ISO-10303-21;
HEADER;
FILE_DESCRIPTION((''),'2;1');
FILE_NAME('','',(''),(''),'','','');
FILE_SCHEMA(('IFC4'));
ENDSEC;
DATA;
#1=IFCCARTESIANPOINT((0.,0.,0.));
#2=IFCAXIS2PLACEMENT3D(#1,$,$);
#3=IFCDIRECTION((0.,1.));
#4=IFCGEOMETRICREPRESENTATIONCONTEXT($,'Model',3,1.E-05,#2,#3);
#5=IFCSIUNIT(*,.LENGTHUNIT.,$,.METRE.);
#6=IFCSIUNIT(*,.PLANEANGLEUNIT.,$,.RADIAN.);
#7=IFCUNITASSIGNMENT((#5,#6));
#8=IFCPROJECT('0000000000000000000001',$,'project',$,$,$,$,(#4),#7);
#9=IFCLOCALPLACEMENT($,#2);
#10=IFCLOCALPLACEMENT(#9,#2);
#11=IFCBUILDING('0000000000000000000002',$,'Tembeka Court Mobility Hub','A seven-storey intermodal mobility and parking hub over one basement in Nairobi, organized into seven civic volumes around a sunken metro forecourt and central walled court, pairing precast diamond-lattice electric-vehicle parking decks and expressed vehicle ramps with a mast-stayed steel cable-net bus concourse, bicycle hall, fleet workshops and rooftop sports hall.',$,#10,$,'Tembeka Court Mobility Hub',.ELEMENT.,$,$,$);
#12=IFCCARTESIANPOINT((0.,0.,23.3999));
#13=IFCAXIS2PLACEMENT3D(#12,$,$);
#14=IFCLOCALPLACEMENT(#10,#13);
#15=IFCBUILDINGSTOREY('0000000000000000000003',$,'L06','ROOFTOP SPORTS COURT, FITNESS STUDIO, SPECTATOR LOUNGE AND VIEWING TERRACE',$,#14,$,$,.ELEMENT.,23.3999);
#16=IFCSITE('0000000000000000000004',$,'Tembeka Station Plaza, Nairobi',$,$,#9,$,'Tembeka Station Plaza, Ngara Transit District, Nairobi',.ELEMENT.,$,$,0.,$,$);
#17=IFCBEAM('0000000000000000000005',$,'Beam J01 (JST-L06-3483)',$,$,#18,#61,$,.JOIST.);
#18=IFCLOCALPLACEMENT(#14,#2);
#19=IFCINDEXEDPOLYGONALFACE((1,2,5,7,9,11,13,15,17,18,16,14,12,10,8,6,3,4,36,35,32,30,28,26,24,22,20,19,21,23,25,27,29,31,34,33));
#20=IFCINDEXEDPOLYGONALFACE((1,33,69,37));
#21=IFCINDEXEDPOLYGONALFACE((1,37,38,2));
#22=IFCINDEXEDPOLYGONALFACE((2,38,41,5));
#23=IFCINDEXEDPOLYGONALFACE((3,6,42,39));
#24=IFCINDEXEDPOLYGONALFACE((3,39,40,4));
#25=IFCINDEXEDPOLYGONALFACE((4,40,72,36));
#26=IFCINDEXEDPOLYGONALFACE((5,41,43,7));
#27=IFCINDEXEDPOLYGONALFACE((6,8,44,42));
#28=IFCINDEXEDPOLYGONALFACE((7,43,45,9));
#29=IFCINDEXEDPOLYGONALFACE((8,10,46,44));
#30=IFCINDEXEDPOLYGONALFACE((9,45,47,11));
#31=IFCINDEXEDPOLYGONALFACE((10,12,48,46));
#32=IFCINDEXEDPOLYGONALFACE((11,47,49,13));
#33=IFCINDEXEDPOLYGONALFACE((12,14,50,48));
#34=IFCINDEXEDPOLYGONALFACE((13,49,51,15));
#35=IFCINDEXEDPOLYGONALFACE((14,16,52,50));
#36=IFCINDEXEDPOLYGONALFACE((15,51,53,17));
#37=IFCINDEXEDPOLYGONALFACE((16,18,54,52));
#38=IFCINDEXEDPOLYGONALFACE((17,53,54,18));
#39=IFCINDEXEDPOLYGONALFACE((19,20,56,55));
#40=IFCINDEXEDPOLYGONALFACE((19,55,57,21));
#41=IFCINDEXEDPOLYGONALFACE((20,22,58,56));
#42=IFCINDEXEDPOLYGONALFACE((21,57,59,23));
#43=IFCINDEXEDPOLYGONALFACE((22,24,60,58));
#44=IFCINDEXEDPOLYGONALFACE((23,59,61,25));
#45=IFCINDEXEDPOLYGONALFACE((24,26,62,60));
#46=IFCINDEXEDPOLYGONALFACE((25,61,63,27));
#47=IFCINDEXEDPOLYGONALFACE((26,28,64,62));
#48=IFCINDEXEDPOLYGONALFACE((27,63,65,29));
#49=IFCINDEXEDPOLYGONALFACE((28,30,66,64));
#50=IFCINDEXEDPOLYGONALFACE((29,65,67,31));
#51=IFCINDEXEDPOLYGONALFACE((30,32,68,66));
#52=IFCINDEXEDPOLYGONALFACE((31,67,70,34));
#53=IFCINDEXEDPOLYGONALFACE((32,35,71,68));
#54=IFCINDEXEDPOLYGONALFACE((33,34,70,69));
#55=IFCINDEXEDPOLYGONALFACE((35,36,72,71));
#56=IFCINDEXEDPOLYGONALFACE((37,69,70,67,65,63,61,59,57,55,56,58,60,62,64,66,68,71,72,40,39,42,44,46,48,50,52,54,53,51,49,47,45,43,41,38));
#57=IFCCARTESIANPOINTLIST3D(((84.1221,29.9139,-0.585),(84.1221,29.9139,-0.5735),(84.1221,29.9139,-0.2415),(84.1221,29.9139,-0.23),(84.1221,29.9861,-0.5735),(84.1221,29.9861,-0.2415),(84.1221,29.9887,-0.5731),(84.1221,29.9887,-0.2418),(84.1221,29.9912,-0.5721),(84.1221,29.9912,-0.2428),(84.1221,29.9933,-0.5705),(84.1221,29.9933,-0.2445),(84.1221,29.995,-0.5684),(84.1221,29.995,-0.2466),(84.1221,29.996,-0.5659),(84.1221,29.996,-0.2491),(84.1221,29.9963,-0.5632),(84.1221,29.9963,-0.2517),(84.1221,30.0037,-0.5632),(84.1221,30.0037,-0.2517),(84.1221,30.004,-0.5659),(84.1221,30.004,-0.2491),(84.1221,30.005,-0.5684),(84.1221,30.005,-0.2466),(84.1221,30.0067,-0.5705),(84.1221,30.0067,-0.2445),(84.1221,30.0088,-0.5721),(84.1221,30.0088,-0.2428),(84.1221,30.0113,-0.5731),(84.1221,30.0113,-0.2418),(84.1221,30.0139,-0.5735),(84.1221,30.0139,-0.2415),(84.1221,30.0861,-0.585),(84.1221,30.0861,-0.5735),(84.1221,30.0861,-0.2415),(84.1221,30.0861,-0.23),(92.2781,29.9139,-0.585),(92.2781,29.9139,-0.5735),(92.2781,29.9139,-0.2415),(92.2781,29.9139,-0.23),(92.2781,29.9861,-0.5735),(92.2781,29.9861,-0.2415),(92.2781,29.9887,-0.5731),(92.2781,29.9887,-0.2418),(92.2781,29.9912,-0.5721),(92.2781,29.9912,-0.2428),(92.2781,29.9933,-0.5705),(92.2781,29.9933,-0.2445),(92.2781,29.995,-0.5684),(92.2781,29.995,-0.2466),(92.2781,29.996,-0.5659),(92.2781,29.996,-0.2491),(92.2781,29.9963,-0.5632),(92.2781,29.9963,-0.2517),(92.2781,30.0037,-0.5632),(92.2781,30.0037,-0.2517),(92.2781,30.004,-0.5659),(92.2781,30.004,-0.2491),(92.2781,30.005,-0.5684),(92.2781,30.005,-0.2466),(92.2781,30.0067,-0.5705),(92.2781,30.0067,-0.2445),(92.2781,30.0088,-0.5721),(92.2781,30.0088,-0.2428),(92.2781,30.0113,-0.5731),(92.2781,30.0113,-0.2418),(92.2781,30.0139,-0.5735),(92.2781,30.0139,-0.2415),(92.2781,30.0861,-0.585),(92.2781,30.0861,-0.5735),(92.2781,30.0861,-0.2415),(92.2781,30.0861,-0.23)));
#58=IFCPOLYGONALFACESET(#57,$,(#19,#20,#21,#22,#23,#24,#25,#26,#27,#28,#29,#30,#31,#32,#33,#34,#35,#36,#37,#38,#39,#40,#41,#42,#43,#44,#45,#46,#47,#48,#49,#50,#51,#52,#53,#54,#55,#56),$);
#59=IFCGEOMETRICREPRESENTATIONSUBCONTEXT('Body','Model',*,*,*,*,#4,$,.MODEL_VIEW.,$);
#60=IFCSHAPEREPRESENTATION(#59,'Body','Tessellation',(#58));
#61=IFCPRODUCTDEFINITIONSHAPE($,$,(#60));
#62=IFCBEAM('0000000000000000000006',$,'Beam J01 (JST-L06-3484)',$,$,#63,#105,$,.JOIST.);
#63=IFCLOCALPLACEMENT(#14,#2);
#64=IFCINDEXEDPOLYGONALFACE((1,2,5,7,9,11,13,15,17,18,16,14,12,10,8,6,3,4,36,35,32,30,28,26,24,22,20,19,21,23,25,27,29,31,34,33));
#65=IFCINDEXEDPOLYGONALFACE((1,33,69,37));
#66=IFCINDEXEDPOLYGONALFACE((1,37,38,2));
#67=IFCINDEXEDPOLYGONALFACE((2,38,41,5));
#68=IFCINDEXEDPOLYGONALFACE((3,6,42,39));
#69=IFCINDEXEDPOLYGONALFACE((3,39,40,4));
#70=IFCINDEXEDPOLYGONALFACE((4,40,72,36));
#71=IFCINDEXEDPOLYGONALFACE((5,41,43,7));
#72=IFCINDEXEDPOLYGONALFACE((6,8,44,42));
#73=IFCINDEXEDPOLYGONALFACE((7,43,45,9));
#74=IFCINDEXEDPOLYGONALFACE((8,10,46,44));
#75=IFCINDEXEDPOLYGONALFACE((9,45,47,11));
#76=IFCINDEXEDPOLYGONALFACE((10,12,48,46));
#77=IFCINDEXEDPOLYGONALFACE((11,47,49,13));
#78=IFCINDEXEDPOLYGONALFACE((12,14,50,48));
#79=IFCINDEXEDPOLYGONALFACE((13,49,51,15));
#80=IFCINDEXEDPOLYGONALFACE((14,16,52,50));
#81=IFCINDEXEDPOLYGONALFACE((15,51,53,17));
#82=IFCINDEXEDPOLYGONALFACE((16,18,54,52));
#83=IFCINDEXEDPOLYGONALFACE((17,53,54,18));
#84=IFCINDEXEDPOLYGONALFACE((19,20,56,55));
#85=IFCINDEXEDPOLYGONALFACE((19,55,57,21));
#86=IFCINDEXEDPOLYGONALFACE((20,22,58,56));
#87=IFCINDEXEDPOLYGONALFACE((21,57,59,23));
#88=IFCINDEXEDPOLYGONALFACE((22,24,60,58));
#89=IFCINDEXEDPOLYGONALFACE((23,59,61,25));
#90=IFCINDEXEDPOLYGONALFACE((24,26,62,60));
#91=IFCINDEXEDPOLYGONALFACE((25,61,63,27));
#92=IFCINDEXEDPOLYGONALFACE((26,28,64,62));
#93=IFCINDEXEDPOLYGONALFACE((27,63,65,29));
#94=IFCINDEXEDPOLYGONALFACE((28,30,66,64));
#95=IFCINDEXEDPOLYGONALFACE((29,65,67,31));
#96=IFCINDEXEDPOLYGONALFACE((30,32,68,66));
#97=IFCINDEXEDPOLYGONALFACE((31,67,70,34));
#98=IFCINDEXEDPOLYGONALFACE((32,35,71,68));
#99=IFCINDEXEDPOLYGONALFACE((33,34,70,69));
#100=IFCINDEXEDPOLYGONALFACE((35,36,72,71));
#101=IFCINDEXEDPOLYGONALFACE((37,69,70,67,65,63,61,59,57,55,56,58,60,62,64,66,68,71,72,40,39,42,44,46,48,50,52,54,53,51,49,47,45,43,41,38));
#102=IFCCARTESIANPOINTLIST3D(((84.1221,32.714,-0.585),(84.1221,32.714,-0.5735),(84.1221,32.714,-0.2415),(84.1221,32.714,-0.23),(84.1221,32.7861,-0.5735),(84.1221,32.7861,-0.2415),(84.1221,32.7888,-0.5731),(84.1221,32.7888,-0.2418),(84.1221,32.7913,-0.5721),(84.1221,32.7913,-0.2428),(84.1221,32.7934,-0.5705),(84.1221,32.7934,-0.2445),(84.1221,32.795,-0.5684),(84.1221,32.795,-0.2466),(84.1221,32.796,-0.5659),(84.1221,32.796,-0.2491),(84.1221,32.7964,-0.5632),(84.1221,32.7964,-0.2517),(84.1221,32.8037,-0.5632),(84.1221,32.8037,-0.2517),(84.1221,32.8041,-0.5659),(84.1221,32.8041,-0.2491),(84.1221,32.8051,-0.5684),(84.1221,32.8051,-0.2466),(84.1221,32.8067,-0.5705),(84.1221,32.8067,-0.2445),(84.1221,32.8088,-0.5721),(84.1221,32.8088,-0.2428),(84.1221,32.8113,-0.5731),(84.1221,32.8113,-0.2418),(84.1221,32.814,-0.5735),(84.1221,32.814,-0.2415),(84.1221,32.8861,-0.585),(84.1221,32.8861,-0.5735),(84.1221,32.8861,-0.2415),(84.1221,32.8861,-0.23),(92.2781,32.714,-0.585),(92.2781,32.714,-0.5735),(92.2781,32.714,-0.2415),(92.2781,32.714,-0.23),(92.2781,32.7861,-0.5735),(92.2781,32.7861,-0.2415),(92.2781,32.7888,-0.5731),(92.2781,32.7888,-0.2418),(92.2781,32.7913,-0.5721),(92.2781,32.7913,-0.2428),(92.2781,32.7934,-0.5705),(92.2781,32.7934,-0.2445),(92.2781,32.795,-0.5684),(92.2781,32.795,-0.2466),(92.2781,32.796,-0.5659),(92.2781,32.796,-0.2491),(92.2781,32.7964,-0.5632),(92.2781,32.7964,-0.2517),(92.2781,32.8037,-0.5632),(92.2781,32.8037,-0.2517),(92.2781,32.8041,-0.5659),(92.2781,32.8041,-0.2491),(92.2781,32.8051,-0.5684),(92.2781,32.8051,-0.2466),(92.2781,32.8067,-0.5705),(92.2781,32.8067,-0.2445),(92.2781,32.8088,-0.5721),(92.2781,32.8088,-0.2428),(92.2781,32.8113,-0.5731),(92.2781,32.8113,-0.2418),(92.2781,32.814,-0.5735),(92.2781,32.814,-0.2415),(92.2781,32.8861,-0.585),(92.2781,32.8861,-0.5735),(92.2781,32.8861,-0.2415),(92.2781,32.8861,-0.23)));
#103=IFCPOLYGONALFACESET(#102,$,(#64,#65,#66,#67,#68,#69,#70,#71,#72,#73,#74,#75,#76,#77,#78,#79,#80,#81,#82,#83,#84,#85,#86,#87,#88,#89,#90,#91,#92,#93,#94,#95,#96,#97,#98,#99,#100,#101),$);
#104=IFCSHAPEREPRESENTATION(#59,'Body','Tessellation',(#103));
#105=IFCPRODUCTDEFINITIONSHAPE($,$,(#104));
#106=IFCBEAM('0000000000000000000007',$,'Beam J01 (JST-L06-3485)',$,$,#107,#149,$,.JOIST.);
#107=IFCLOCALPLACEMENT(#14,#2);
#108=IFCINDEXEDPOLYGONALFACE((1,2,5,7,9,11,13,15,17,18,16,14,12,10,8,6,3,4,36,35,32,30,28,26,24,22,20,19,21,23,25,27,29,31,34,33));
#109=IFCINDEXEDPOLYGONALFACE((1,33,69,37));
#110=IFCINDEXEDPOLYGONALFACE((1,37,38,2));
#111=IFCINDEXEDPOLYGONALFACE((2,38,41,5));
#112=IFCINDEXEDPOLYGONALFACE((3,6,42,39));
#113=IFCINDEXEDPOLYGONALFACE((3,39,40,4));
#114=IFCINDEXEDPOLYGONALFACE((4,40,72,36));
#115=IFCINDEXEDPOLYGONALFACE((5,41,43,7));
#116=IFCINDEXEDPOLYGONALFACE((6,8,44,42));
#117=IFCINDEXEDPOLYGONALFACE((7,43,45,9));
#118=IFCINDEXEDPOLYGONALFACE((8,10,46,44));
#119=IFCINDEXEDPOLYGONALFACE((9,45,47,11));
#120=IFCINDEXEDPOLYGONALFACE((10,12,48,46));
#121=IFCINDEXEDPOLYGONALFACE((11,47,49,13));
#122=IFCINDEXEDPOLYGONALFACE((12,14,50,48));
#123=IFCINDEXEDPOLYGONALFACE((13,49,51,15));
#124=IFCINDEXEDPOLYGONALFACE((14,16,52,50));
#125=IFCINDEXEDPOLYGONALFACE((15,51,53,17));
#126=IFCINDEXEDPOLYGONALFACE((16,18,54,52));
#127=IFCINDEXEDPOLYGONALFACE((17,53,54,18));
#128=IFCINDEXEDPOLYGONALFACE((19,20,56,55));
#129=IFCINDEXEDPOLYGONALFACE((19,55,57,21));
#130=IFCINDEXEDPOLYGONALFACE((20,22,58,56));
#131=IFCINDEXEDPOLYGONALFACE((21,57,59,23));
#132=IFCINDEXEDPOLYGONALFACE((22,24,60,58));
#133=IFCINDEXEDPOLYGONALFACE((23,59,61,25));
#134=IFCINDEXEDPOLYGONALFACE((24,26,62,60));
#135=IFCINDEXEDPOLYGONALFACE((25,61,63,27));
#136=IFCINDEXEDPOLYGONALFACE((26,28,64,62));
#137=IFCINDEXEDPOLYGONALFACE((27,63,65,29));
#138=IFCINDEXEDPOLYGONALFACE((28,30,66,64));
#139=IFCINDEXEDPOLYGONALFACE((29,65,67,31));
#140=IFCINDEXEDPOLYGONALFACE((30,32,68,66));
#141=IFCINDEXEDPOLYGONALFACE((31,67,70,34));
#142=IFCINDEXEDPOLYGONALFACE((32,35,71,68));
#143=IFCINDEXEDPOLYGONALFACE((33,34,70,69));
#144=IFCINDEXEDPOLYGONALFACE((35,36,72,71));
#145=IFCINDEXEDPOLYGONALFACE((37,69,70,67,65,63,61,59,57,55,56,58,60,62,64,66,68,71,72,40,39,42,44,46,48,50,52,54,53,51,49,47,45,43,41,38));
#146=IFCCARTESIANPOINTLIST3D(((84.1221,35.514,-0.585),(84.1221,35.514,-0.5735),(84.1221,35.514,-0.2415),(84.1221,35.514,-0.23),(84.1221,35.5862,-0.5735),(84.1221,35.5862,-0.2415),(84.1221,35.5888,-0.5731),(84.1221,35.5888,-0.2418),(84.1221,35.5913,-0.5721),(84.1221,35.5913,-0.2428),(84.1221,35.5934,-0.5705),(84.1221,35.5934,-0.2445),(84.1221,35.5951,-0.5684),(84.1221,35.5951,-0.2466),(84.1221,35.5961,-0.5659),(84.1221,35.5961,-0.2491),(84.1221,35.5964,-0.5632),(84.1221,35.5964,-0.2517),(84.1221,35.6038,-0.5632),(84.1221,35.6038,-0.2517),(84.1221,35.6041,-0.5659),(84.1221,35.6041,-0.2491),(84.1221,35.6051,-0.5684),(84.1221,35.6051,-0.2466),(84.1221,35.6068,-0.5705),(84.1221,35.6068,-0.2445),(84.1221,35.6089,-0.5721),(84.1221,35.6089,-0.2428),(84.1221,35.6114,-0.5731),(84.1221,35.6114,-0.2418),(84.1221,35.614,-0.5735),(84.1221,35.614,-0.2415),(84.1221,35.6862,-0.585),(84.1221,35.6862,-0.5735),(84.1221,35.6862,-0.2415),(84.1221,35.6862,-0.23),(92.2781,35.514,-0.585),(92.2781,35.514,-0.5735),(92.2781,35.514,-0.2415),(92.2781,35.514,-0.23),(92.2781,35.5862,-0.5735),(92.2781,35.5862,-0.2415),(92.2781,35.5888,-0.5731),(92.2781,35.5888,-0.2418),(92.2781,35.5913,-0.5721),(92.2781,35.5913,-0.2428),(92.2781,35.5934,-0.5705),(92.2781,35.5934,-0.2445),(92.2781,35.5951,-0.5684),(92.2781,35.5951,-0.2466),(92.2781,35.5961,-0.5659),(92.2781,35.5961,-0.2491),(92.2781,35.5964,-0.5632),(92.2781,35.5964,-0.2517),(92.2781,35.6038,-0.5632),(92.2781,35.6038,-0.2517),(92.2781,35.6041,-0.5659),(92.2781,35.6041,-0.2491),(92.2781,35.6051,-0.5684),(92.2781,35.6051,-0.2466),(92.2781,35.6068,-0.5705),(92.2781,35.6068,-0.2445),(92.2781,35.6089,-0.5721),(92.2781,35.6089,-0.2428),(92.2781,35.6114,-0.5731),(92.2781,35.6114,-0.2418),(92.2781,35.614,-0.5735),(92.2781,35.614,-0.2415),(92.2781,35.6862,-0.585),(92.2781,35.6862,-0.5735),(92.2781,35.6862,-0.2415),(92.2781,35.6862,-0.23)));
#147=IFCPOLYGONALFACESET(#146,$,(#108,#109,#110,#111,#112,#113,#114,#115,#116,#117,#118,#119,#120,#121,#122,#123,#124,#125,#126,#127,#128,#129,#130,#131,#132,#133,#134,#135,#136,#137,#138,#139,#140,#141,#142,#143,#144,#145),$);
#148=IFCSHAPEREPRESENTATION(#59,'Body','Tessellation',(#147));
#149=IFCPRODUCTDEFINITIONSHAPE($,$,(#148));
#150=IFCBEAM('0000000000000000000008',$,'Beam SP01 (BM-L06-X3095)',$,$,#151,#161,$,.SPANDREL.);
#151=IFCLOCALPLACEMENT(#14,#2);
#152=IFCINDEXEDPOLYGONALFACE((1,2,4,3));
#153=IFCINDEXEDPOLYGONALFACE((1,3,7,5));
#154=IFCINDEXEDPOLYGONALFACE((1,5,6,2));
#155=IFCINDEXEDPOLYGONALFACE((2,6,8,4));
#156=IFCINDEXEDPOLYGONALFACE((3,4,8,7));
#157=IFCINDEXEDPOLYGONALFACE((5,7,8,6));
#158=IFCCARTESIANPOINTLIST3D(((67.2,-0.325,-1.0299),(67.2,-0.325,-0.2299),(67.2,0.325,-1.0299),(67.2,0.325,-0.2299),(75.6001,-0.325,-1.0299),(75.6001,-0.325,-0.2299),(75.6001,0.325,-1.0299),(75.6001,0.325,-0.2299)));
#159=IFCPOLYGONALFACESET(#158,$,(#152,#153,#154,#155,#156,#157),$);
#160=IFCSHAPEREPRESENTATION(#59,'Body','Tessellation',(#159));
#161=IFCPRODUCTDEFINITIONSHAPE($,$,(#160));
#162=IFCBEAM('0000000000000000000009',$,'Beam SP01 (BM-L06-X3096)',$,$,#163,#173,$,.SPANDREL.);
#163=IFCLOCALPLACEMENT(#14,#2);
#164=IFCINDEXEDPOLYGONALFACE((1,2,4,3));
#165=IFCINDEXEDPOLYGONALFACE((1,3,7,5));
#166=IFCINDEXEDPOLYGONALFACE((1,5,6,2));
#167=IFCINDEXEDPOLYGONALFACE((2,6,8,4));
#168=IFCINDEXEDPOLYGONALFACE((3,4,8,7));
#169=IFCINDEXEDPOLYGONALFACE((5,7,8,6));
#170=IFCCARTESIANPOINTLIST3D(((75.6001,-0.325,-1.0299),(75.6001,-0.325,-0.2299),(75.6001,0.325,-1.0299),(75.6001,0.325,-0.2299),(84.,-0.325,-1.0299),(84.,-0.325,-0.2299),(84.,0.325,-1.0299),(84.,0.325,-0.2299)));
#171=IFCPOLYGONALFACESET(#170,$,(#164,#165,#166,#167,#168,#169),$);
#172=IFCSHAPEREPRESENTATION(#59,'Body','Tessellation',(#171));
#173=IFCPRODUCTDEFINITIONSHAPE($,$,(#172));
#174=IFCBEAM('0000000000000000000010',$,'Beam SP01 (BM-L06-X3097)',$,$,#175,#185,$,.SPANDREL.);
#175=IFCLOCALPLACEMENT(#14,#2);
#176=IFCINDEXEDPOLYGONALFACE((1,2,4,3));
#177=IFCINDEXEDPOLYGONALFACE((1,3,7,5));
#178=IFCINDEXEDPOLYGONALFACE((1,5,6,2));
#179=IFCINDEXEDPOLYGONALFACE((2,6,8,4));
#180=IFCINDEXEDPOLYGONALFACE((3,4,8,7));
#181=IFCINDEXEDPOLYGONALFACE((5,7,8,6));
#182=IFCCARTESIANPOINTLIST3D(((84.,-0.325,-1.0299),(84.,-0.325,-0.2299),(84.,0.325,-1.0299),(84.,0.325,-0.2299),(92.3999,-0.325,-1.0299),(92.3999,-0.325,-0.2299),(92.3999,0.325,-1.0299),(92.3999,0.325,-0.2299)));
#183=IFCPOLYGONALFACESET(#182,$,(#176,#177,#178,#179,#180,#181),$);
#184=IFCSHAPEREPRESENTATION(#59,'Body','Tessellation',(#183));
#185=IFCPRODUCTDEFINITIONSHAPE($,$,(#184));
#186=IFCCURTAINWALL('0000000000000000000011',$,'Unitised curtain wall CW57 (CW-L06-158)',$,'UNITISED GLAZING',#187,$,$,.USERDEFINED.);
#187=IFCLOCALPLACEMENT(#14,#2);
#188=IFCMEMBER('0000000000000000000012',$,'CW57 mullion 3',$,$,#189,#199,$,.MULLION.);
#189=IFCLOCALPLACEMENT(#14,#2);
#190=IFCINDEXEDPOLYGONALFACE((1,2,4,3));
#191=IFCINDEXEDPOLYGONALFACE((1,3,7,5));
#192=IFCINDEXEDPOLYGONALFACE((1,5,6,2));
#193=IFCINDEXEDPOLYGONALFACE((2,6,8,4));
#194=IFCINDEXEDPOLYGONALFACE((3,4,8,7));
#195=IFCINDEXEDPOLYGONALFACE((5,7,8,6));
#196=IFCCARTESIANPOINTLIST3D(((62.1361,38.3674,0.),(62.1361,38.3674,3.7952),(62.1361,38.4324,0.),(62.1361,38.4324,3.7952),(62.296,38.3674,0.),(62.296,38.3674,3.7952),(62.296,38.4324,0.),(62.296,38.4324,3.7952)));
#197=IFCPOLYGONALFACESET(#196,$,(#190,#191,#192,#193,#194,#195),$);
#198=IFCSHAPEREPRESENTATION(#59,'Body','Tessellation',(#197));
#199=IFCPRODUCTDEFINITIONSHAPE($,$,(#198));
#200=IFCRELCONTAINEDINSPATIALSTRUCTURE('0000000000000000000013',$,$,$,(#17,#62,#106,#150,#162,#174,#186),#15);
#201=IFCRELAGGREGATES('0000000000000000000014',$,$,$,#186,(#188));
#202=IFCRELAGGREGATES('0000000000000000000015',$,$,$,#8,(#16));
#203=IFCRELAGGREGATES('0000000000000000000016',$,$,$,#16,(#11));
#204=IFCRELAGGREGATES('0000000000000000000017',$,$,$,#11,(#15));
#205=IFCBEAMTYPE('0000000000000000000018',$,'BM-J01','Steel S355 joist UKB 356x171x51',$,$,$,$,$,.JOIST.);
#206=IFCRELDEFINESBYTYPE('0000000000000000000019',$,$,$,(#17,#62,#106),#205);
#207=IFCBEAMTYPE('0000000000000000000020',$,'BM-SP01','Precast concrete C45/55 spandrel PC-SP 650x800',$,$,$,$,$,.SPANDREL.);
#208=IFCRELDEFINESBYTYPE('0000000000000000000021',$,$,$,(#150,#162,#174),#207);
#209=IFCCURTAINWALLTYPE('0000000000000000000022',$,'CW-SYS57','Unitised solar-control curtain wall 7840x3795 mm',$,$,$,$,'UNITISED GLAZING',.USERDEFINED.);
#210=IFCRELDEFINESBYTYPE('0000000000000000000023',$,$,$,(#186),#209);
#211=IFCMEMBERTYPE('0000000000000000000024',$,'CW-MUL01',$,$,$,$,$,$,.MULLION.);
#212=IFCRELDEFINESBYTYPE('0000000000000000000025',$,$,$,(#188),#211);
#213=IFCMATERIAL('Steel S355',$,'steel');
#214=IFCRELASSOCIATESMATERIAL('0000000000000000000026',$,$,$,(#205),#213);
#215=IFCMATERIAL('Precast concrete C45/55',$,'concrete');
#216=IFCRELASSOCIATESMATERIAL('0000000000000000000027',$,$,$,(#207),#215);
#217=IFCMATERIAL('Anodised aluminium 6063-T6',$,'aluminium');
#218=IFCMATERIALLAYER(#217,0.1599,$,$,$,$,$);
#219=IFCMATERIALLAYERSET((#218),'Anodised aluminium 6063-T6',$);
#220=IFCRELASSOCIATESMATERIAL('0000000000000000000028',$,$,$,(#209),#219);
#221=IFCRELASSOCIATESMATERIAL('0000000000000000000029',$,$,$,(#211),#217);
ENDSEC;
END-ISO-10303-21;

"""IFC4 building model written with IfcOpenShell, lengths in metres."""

from ifc_helpers import new_model, si_unit, direction, frame, origin, origin_2d, place, context, subcontext, project, spatial, rectangle, i_section, extrude, material, layer, layer_set, material_profile, profile_set, type_object, element, aggregate, save


model = new_model("IFC4")

# Units and contexts
model_context = context("Model", 3, precision=1e-05, world=origin(), true_north=direction((0.0, 1.0)))
body_context = subcontext(model_context, "Body", "Model", "MODEL_VIEW")
ifc_project = project(units=[si_unit("LENGTHUNIT", "METRE"), si_unit("PLANEANGLEUNIT", "RADIAN")], contexts=[model_context])

# Site, building, storey
site_placement = place(None, origin())
site = spatial("IfcSite", under=ifc_project, at=site_placement, Name="Tembeka Station Plaza, Nairobi", LongName="Tembeka Station Plaza, Ngara Transit District, Nairobi", CompositionType="ELEMENT", RefElevation=0.0)
building_placement = place(site_placement, origin())
building = spatial("IfcBuilding", under=site, at=building_placement, Name="Tembeka Court Mobility Hub", Description="A seven-storey intermodal mobility and parking hub over one basement in Nairobi, organized into seven civic volumes around a sunken metro forecourt and central walled court, pairing precast diamond-lattice electric-vehicle parking decks and expressed vehicle ramps with a mast-stayed steel cable-net bus concourse, bicycle hall, fleet workshops and rooftop sports hall.", LongName="Tembeka Court Mobility Hub", CompositionType="ELEMENT")
storey_placement = place(building_placement, frame((0.0, 0.0, 23.3999)))
storey = spatial("IfcBuildingStorey", under=building, at=storey_placement, Name="L06", Description="ROOFTOP SPORTS COURT, FITNESS STUDIO, SPECTATOR LOUNGE AND VIEWING TERRACE", CompositionType="ELEMENT", Elevation=23.3999)

# Beams
ifc_material_1 = material(Name="Steel S355", Category="steel")
ifc_material_profile_1 = material_profile(ifc_material_1, i_section(OverallWidth=0.1721, OverallDepth=0.355, WebThickness=0.0073, FlangeThickness=0.0115, FilletRadius=0.0103, at=origin_2d()), Name="UKB 356x171x51")
ifc_profile_set_1 = profile_set([ifc_material_profile_1], Name="Steel S355")
beam_type_1 = type_object("IfcBeamType", Name="BM-J01", Description="Steel S355 joist UKB 356x171x51", PredefinedType="JOIST", material=ifc_profile_set_1)
for number, where, z_axis, x_axis, name in (
    (1, (84.1221, 30.0, -0.4075), (1.0, 0.0, 0.0), (0.0, 1.0, 0.0), "Beam J01 (JST-L06-3483)"),
    (2, (84.1221, 32.8, -0.4075), (1.0, 0.0, 0.0), (0.0, 1.0, 0.0), "Beam J01 (JST-L06-3484)"),
    (3, (84.1221, 35.6001, -0.4075), (1.0, 0.0, 0.0), (0.0, 1.0, 0.0), "Beam J01 (JST-L06-3485)"),
):
    element("IfcBeam", number, at=place(storey_placement, frame(where, z_axis=z_axis, x_axis=x_axis)), inside=storey, type_object=beam_type_1, Name=name, PredefinedType="JOIST", context=body_context, shape_type="SweptSolid", body=[
        extrude(i_section(OverallWidth=0.1721, OverallDepth=0.355, WebThickness=0.0073, FlangeThickness=0.0115, FilletRadius=0.0103, at=origin_2d()), origin(), (0.0, 0.0, 1.0), 8.156),
    ])
ifc_material_2 = material(Name="Precast concrete C45/55", Category="concrete")
ifc_material_profile_2 = material_profile(ifc_material_2, rectangle(XDim=0.6499, YDim=0.8, at=origin_2d()), Name="PC-SP 650x800")
ifc_profile_set_2 = profile_set([ifc_material_profile_2], Name="Precast concrete C45/55")
beam_type_2 = type_object("IfcBeamType", Name="BM-SP01", Description="Precast concrete C45/55 spandrel PC-SP 650x800", PredefinedType="SPANDREL", material=ifc_profile_set_2)
beam_1_placement = place(storey_placement, frame((67.2, 0.0, -0.6299), z_axis=(1.0, 0.0, 0.0), x_axis=(0.0, 1.0, 0.0)))
element("IfcBeam", 4, at=beam_1_placement, inside=storey, type_object=beam_type_2, Name="Beam SP01 (BM-L06-X3095)", PredefinedType="SPANDREL", context=body_context, shape_type="SweptSolid", body=[
    extrude(rectangle(XDim=0.6499, YDim=0.8, at=origin_2d()), origin(), (0.0, 0.0, 1.0), 8.4001),
])
for number, where, z_axis, x_axis, name in (
    (5, (75.6001, 0.0, -0.6299), (1.0, 0.0, 0.0), (0.0, 1.0, 0.0), "Beam SP01 (BM-L06-X3096)"),
    (6, (84.0, 0.0, -0.6299), (1.0, 0.0, 0.0), (0.0, 1.0, 0.0), "Beam SP01 (BM-L06-X3097)"),
):
    element("IfcBeam", number, at=place(storey_placement, frame(where, z_axis=z_axis, x_axis=x_axis)), inside=storey, type_object=beam_type_2, Name=name, PredefinedType="SPANDREL", context=body_context, shape_type="SweptSolid", body=[
        extrude(rectangle(XDim=0.6499, YDim=0.8, at=origin_2d()), origin(), (0.0, 0.0, 1.0), 8.3999),
    ])

# Curtain wall, member
ifc_material_3 = material(Name="Anodised aluminium 6063-T6", Category="aluminium")
ifc_layer_1 = layer(ifc_material_3, 0.1599)
ifc_layer_set_1 = layer_set([ifc_layer_1], Name="Anodised aluminium 6063-T6")
curtain_wall_type = type_object("IfcCurtainWallType", Name="CW-SYS57", Description="Unitised solar-control curtain wall 7840x3795 mm", ElementType="UNITISED GLAZING", PredefinedType="USERDEFINED", material=ifc_layer_set_1)
curtain_wall_placement = place(storey_placement, origin())
curtain_wall = element("IfcCurtainWall", 7, at=curtain_wall_placement, inside=storey, type_object=curtain_wall_type, Name="Unitised curtain wall CW57 (CW-L06-158)", ObjectType="UNITISED GLAZING", PredefinedType="USERDEFINED")
ifc_material_profile_3 = material_profile(ifc_material_3, rectangle(XDim=0.0649, YDim=0.1599, at=origin_2d()), Name="ALU-MUL 65x160")
ifc_profile_set_3 = profile_set([ifc_material_profile_3], Name="Anodised aluminium 6063-T6")
member_type_1 = type_object("IfcMemberType", Name="CW-MUL01", PredefinedType="MULLION", material=ifc_profile_set_3)
member_1_placement = place(storey_placement, frame((62.2161, 38.3999, 0.0), z_axis=(0.0, 0.0, 1.0), x_axis=(0.0, 1.0, 0.0)))
member_1 = element("IfcMember", 8, at=member_1_placement, type_object=member_type_1, Name="CW57 mullion 3", PredefinedType="MULLION", context=body_context, shape_type="SweptSolid", body=[
    extrude(rectangle(XDim=0.0649, YDim=0.1599, at=origin_2d()), origin(), (0.0, 0.0, 1.0), 3.7952),
])
aggregate(curtain_wall, [member_1])

save(model, "model.ifc")
